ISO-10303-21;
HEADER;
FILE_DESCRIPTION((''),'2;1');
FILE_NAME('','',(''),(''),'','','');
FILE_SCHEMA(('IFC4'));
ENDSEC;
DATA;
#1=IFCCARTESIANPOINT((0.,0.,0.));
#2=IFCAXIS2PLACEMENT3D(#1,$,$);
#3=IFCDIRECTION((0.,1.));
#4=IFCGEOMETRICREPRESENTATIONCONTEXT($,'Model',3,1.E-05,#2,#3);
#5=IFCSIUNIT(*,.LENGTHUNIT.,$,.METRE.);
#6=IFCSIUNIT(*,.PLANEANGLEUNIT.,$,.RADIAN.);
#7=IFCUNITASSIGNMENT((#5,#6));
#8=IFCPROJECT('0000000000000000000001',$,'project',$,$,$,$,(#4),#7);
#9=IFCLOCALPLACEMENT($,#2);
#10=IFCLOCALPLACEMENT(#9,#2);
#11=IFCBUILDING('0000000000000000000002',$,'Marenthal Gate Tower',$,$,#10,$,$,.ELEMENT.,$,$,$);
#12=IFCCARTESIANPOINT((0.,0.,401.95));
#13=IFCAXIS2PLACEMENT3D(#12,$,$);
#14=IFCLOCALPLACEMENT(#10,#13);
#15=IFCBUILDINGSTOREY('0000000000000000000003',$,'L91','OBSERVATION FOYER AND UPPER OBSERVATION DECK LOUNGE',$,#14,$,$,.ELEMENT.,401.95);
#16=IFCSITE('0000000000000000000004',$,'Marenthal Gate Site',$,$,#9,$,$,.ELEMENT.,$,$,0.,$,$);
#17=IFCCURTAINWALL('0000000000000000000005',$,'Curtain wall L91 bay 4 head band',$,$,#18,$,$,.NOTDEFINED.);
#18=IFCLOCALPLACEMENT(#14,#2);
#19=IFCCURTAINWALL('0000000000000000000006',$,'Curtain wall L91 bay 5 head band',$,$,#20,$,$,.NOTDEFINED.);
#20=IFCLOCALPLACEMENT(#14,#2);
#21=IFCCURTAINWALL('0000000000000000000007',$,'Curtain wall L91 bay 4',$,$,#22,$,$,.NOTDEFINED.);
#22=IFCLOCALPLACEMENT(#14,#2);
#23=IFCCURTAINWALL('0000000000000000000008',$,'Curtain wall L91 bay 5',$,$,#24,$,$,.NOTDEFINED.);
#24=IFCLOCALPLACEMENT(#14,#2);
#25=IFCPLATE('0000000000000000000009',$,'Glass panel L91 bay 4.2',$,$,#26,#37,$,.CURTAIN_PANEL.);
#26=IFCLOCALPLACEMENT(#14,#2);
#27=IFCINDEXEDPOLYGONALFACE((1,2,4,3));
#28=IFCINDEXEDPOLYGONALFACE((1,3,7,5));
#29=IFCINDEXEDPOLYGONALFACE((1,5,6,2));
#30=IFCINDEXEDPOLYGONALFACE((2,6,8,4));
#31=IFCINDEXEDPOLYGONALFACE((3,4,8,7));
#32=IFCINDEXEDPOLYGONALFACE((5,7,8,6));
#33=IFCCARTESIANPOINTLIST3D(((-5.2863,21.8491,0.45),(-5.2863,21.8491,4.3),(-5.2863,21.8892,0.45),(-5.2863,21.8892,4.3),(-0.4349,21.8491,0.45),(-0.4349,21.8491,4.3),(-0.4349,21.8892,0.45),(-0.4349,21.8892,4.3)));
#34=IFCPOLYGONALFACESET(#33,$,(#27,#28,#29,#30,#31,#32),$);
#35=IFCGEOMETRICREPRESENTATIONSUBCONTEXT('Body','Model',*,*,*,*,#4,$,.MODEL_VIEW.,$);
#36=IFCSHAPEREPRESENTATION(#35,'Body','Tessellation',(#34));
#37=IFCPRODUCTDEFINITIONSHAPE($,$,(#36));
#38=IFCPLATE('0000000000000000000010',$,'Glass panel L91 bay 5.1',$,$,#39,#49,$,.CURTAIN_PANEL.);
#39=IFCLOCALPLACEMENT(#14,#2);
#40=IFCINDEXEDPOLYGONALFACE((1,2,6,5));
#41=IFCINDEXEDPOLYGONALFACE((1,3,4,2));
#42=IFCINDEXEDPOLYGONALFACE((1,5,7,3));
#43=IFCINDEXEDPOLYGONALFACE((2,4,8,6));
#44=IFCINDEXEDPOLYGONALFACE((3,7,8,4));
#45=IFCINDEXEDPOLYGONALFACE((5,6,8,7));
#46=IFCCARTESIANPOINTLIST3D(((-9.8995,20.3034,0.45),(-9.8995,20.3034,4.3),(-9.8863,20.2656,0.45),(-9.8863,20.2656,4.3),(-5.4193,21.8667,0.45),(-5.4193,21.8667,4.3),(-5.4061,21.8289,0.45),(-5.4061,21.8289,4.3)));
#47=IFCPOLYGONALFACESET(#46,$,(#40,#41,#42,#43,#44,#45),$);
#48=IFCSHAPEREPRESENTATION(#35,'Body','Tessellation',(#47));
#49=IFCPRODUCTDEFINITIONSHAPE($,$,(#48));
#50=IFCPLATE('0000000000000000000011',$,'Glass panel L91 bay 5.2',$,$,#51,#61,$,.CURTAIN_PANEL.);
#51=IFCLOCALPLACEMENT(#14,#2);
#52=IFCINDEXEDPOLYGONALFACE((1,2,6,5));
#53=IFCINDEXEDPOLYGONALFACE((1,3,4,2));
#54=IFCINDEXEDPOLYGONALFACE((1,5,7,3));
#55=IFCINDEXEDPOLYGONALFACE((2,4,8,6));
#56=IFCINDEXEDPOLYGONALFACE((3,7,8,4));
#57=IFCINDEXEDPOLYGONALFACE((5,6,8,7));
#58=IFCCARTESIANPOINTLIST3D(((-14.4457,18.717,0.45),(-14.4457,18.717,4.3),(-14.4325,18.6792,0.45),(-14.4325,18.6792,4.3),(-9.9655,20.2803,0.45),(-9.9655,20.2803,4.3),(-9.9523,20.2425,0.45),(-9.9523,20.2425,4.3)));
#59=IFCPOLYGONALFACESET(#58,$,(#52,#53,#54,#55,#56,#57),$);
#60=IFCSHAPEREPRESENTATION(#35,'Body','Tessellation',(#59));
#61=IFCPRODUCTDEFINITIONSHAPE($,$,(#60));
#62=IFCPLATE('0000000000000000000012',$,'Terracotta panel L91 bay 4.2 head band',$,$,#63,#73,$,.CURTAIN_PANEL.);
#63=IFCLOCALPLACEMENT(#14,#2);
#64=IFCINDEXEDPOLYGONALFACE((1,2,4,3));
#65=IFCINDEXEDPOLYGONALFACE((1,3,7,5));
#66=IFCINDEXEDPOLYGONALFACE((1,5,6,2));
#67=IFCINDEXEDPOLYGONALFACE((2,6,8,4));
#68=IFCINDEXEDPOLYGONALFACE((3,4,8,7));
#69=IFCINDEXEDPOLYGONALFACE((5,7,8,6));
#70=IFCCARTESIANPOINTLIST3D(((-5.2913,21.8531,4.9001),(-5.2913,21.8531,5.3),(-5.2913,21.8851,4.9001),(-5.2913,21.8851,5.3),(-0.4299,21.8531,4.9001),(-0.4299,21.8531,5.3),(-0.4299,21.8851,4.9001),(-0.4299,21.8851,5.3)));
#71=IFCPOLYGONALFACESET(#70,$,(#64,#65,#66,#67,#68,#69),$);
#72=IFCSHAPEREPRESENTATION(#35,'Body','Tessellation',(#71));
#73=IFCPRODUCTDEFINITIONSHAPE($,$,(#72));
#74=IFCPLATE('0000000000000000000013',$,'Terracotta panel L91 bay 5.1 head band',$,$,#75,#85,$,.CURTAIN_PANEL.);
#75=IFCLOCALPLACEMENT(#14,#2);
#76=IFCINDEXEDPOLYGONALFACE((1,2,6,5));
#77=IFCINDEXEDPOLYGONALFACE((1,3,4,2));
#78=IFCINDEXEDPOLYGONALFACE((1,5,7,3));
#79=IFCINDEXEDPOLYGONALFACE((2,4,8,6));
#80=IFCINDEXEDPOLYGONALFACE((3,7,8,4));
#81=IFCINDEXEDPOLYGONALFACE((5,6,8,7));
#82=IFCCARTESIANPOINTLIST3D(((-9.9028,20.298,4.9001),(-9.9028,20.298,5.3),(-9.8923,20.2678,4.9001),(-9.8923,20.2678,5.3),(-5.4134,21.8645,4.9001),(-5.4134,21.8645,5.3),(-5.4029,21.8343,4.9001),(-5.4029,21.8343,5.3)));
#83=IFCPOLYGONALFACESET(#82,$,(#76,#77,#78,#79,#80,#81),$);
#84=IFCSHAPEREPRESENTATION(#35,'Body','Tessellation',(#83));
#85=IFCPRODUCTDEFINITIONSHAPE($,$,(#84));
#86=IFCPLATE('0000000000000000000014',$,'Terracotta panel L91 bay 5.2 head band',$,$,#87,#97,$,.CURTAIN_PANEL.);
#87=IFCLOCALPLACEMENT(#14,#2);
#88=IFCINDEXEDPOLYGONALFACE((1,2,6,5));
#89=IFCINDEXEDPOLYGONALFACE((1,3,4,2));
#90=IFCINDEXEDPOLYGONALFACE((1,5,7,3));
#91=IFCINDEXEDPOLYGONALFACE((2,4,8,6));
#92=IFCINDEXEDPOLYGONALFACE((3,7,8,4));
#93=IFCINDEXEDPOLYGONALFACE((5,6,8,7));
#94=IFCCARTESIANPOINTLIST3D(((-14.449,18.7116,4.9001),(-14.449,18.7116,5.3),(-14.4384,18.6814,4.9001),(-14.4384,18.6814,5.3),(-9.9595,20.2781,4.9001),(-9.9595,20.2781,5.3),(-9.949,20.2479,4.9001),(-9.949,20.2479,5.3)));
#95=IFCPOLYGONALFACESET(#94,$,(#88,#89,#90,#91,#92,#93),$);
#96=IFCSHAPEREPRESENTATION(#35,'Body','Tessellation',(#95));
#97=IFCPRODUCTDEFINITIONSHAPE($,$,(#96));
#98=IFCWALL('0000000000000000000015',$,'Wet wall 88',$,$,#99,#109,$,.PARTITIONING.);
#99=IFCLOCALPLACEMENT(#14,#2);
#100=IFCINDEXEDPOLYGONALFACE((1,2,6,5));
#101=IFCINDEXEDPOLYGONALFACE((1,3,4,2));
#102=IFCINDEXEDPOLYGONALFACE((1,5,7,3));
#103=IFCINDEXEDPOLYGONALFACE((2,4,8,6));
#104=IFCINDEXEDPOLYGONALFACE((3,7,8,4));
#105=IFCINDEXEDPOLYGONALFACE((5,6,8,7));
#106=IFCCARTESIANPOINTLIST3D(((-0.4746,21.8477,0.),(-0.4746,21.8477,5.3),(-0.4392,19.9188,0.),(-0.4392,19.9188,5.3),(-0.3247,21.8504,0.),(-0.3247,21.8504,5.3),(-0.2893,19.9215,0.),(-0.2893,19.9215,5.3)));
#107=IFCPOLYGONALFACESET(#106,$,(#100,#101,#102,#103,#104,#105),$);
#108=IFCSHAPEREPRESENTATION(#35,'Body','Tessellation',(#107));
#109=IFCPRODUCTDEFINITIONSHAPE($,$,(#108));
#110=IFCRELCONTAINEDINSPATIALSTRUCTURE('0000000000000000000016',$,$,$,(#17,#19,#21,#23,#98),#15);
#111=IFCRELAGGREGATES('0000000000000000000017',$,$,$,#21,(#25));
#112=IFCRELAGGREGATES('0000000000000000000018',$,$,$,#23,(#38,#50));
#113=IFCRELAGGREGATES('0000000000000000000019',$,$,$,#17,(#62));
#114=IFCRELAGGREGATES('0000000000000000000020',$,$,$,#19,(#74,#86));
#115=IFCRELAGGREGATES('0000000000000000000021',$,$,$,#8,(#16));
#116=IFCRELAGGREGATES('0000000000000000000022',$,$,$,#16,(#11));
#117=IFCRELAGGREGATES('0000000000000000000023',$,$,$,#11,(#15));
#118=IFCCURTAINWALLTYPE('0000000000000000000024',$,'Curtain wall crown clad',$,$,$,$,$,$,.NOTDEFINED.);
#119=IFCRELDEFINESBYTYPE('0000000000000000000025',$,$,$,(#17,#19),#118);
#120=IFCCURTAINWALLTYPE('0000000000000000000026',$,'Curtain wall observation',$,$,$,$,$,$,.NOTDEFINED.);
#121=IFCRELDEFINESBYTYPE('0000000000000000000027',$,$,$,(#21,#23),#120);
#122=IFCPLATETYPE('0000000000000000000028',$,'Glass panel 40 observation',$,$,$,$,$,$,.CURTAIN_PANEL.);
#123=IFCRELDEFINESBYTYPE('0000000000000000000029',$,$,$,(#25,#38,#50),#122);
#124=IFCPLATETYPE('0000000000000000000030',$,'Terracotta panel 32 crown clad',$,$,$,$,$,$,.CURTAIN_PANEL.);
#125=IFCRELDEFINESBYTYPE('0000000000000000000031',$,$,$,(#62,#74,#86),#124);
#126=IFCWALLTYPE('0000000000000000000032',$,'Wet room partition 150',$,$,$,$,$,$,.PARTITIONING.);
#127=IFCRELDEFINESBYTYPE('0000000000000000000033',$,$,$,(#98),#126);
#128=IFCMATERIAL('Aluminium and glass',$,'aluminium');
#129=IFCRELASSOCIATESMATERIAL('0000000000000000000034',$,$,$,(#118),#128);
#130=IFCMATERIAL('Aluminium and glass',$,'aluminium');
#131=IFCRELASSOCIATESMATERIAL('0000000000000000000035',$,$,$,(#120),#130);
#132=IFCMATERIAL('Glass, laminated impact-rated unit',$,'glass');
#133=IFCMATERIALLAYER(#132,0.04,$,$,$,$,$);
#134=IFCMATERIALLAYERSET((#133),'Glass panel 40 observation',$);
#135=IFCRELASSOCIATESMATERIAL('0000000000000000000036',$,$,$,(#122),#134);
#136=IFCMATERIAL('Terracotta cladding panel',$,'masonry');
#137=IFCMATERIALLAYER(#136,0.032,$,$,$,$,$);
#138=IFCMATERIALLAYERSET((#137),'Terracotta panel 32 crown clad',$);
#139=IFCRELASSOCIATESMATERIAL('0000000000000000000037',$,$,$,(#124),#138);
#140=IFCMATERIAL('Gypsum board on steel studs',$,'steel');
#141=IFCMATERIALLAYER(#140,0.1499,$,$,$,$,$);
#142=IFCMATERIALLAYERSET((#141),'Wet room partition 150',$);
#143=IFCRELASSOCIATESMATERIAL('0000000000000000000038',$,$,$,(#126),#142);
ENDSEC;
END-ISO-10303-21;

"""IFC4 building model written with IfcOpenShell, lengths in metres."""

from ifc_helpers import new_model, si_unit, direction, frame, frame_2d, origin, origin_2d, place, context, subcontext, project, spatial, rectangle, extrude, material, layer, layer_set, type_object, element, aggregate, save


model = new_model("IFC4")

# Units and contexts
model_context = context("Model", 3, precision=1e-05, world=origin(), true_north=direction((0.0, 1.0)))
body_context = subcontext(model_context, "Body", "Model", "MODEL_VIEW")
ifc_project = project(units=[si_unit("LENGTHUNIT", "METRE"), si_unit("PLANEANGLEUNIT", "RADIAN")], contexts=[model_context])

# Site, building, storey
site_placement = place(None, origin())
site = spatial("IfcSite", under=ifc_project, at=site_placement, Name="Marenthal Gate Site", CompositionType="ELEMENT", RefElevation=0.0)
building_placement = place(site_placement, origin())
building = spatial("IfcBuilding", under=site, at=building_placement, Name="Marenthal Gate Tower", CompositionType="ELEMENT")
storey_placement = place(building_placement, frame((0.0, 0.0, 401.95)))
storey = spatial("IfcBuildingStorey", under=building, at=storey_placement, Name="L91", Description="OBSERVATION FOYER AND UPPER OBSERVATION DECK LOUNGE", CompositionType="ELEMENT", Elevation=401.95)

# Curtain walls
ifc_material_1 = material(Name="Aluminium and glass", Category="aluminium")
curtain_wall_type_1 = type_object("IfcCurtainWallType", Name="Curtain wall crown clad", PredefinedType="NOTDEFINED", material=ifc_material_1)
curtain_wall_1_placement = place(storey_placement, origin())
curtain_wall_1 = element("IfcCurtainWall", 1, at=curtain_wall_1_placement, inside=storey, type_object=curtain_wall_type_1, Name="Curtain wall L91 bay 4 head band", PredefinedType="NOTDEFINED")
curtain_wall_2_placement = place(storey_placement, origin())
curtain_wall_2 = element("IfcCurtainWall", 2, at=curtain_wall_2_placement, inside=storey, type_object=curtain_wall_type_1, Name="Curtain wall L91 bay 5 head band", PredefinedType="NOTDEFINED")
ifc_material_2 = material(Name="Aluminium and glass", Category="aluminium")
curtain_wall_type_2 = type_object("IfcCurtainWallType", Name="Curtain wall observation", PredefinedType="NOTDEFINED", material=ifc_material_2)
curtain_wall_3_placement = place(storey_placement, origin())
curtain_wall_3 = element("IfcCurtainWall", 3, at=curtain_wall_3_placement, inside=storey, type_object=curtain_wall_type_2, Name="Curtain wall L91 bay 4", PredefinedType="NOTDEFINED")
curtain_wall_4_placement = place(storey_placement, origin())
curtain_wall_4 = element("IfcCurtainWall", 4, at=curtain_wall_4_placement, inside=storey, type_object=curtain_wall_type_2, Name="Curtain wall L91 bay 5", PredefinedType="NOTDEFINED")

# Plates
ifc_material_3 = material(Name="Glass, laminated impact-rated unit", Category="glass")
ifc_layer_1 = layer(ifc_material_3, 0.04)
ifc_layer_set_1 = layer_set([ifc_layer_1], Name="Glass panel 40 observation")
plate_type_1 = type_object("IfcPlateType", Name="Glass panel 40 observation", PredefinedType="CURTAIN_PANEL", material=ifc_layer_set_1)
plate_1_placement = place(storey_placement, frame((-2.8606, 21.8691, 0.45), z_axis=(0.0, 0.0, 1.0), x_axis=(-1.0, 0.0, 0.0)))
plate_1 = element("IfcPlate", 5, at=plate_1_placement, type_object=plate_type_1, Name="Glass panel L91 bay 4.2", PredefinedType="CURTAIN_PANEL", context=body_context, shape_type="SweptSolid", body=[
    extrude(rectangle(XDim=4.8513, YDim=0.04, at=origin_2d()), origin(), (0.0, 0.0, 1.0), 3.8501),
])
aggregate(curtain_wall_3, [plate_1])
plate_2_placement = place(storey_placement, frame((-7.6528, 21.0662, 0.45), z_axis=(0.0, 0.0, 1.0), x_axis=(-0.944172, -0.329454, 0.0)))
plate_2 = element("IfcPlate", 6, at=plate_2_placement, type_object=plate_type_1, Name="Glass panel L91 bay 5.1", PredefinedType="CURTAIN_PANEL", context=body_context, shape_type="SweptSolid", body=[
    extrude(rectangle(XDim=4.7451, YDim=0.04, at=origin_2d()), origin(), (0.0, 0.0, 1.0), 3.8501),
])
plate_3_placement = place(storey_placement, frame((-12.199, 19.4797, 0.45), z_axis=(0.0, 0.0, 1.0), x_axis=(-0.944172, -0.329454, 0.0)))
plate_3 = element("IfcPlate", 7, at=plate_3_placement, type_object=plate_type_1, Name="Glass panel L91 bay 5.2", PredefinedType="CURTAIN_PANEL", context=body_context, shape_type="SweptSolid", body=[
    extrude(rectangle(XDim=4.7451, YDim=0.04, at=origin_2d()), origin(), (0.0, 0.0, 1.0), 3.8501),
])
aggregate(curtain_wall_4, [plate_2, plate_3])
ifc_material_4 = material(Name="Terracotta cladding panel", Category="masonry")
ifc_layer_2 = layer(ifc_material_4, 0.032)
ifc_layer_set_2 = layer_set([ifc_layer_2], Name="Terracotta panel 32 crown clad")
plate_type_2 = type_object("IfcPlateType", Name="Terracotta panel 32 crown clad", PredefinedType="CURTAIN_PANEL", material=ifc_layer_set_2)
plate_4_placement = place(storey_placement, frame((-2.8606, 21.8691, 4.9001), z_axis=(0.0, 0.0, 1.0), x_axis=(-1.0, 0.0, 0.0)))
plate_4 = element("IfcPlate", 8, at=plate_4_placement, type_object=plate_type_2, Name="Terracotta panel L91 bay 4.2 head band", PredefinedType="CURTAIN_PANEL", context=body_context, shape_type="SweptSolid", body=[
    extrude(rectangle(XDim=4.8613, YDim=0.032, at=origin_2d()), origin(), (0.0, 0.0, 1.0), 0.3999),
])
aggregate(curtain_wall_1, [plate_4])
plate_5_placement = place(storey_placement, frame((-7.6528, 21.0662, 4.9001), z_axis=(0.0, 0.0, 1.0), x_axis=(-0.944172, -0.329454, 0.0)))
plate_5 = element("IfcPlate", 9, at=plate_5_placement, type_object=plate_type_2, Name="Terracotta panel L91 bay 5.1 head band", PredefinedType="CURTAIN_PANEL", context=body_context, shape_type="SweptSolid", body=[
    extrude(rectangle(XDim=4.7549, YDim=0.032, at=origin_2d()), origin(), (0.0, 0.0, 1.0), 0.3999),
])
plate_6_placement = place(storey_placement, frame((-12.199, 19.4797, 4.9001), z_axis=(0.0, 0.0, 1.0), x_axis=(-0.944172, -0.329454, 0.0)))
plate_6 = element("IfcPlate", 10, at=plate_6_placement, type_object=plate_type_2, Name="Terracotta panel L91 bay 5.2 head band", PredefinedType="CURTAIN_PANEL", context=body_context, shape_type="SweptSolid", body=[
    extrude(rectangle(XDim=4.7549, YDim=0.032, at=origin_2d()), origin(), (0.0, 0.0, 1.0), 0.3999),
])
aggregate(curtain_wall_2, [plate_5, plate_6])

# Wall
ifc_material_5 = material(Name="Gypsum board on steel studs", Category="steel")
ifc_layer_3 = layer(ifc_material_5, 0.1499)
ifc_layer_set_3 = layer_set([ifc_layer_3], Name="Wet room partition 150")
wall_type = type_object("IfcWallType", Name="Wet room partition 150", PredefinedType="PARTITIONING", material=ifc_layer_set_3)
wall_placement = place(storey_placement, frame((-0.3643, 19.9202, 0.0), z_axis=(0.0, 0.0, 1.0), x_axis=(-0.018349, 0.999832, 0.0)))
element("IfcWall", 11, at=wall_placement, inside=storey, type_object=wall_type, Name="Wet wall 88", PredefinedType="PARTITIONING", context=body_context, shape_type="SweptSolid", body=[
    extrude(rectangle(XDim=1.9292, YDim=0.1499, at=frame_2d((0.9646, 0.0))), origin(), (0.0, 0.0, 1.0), 5.3),
])

save(model, "model.ifc")
